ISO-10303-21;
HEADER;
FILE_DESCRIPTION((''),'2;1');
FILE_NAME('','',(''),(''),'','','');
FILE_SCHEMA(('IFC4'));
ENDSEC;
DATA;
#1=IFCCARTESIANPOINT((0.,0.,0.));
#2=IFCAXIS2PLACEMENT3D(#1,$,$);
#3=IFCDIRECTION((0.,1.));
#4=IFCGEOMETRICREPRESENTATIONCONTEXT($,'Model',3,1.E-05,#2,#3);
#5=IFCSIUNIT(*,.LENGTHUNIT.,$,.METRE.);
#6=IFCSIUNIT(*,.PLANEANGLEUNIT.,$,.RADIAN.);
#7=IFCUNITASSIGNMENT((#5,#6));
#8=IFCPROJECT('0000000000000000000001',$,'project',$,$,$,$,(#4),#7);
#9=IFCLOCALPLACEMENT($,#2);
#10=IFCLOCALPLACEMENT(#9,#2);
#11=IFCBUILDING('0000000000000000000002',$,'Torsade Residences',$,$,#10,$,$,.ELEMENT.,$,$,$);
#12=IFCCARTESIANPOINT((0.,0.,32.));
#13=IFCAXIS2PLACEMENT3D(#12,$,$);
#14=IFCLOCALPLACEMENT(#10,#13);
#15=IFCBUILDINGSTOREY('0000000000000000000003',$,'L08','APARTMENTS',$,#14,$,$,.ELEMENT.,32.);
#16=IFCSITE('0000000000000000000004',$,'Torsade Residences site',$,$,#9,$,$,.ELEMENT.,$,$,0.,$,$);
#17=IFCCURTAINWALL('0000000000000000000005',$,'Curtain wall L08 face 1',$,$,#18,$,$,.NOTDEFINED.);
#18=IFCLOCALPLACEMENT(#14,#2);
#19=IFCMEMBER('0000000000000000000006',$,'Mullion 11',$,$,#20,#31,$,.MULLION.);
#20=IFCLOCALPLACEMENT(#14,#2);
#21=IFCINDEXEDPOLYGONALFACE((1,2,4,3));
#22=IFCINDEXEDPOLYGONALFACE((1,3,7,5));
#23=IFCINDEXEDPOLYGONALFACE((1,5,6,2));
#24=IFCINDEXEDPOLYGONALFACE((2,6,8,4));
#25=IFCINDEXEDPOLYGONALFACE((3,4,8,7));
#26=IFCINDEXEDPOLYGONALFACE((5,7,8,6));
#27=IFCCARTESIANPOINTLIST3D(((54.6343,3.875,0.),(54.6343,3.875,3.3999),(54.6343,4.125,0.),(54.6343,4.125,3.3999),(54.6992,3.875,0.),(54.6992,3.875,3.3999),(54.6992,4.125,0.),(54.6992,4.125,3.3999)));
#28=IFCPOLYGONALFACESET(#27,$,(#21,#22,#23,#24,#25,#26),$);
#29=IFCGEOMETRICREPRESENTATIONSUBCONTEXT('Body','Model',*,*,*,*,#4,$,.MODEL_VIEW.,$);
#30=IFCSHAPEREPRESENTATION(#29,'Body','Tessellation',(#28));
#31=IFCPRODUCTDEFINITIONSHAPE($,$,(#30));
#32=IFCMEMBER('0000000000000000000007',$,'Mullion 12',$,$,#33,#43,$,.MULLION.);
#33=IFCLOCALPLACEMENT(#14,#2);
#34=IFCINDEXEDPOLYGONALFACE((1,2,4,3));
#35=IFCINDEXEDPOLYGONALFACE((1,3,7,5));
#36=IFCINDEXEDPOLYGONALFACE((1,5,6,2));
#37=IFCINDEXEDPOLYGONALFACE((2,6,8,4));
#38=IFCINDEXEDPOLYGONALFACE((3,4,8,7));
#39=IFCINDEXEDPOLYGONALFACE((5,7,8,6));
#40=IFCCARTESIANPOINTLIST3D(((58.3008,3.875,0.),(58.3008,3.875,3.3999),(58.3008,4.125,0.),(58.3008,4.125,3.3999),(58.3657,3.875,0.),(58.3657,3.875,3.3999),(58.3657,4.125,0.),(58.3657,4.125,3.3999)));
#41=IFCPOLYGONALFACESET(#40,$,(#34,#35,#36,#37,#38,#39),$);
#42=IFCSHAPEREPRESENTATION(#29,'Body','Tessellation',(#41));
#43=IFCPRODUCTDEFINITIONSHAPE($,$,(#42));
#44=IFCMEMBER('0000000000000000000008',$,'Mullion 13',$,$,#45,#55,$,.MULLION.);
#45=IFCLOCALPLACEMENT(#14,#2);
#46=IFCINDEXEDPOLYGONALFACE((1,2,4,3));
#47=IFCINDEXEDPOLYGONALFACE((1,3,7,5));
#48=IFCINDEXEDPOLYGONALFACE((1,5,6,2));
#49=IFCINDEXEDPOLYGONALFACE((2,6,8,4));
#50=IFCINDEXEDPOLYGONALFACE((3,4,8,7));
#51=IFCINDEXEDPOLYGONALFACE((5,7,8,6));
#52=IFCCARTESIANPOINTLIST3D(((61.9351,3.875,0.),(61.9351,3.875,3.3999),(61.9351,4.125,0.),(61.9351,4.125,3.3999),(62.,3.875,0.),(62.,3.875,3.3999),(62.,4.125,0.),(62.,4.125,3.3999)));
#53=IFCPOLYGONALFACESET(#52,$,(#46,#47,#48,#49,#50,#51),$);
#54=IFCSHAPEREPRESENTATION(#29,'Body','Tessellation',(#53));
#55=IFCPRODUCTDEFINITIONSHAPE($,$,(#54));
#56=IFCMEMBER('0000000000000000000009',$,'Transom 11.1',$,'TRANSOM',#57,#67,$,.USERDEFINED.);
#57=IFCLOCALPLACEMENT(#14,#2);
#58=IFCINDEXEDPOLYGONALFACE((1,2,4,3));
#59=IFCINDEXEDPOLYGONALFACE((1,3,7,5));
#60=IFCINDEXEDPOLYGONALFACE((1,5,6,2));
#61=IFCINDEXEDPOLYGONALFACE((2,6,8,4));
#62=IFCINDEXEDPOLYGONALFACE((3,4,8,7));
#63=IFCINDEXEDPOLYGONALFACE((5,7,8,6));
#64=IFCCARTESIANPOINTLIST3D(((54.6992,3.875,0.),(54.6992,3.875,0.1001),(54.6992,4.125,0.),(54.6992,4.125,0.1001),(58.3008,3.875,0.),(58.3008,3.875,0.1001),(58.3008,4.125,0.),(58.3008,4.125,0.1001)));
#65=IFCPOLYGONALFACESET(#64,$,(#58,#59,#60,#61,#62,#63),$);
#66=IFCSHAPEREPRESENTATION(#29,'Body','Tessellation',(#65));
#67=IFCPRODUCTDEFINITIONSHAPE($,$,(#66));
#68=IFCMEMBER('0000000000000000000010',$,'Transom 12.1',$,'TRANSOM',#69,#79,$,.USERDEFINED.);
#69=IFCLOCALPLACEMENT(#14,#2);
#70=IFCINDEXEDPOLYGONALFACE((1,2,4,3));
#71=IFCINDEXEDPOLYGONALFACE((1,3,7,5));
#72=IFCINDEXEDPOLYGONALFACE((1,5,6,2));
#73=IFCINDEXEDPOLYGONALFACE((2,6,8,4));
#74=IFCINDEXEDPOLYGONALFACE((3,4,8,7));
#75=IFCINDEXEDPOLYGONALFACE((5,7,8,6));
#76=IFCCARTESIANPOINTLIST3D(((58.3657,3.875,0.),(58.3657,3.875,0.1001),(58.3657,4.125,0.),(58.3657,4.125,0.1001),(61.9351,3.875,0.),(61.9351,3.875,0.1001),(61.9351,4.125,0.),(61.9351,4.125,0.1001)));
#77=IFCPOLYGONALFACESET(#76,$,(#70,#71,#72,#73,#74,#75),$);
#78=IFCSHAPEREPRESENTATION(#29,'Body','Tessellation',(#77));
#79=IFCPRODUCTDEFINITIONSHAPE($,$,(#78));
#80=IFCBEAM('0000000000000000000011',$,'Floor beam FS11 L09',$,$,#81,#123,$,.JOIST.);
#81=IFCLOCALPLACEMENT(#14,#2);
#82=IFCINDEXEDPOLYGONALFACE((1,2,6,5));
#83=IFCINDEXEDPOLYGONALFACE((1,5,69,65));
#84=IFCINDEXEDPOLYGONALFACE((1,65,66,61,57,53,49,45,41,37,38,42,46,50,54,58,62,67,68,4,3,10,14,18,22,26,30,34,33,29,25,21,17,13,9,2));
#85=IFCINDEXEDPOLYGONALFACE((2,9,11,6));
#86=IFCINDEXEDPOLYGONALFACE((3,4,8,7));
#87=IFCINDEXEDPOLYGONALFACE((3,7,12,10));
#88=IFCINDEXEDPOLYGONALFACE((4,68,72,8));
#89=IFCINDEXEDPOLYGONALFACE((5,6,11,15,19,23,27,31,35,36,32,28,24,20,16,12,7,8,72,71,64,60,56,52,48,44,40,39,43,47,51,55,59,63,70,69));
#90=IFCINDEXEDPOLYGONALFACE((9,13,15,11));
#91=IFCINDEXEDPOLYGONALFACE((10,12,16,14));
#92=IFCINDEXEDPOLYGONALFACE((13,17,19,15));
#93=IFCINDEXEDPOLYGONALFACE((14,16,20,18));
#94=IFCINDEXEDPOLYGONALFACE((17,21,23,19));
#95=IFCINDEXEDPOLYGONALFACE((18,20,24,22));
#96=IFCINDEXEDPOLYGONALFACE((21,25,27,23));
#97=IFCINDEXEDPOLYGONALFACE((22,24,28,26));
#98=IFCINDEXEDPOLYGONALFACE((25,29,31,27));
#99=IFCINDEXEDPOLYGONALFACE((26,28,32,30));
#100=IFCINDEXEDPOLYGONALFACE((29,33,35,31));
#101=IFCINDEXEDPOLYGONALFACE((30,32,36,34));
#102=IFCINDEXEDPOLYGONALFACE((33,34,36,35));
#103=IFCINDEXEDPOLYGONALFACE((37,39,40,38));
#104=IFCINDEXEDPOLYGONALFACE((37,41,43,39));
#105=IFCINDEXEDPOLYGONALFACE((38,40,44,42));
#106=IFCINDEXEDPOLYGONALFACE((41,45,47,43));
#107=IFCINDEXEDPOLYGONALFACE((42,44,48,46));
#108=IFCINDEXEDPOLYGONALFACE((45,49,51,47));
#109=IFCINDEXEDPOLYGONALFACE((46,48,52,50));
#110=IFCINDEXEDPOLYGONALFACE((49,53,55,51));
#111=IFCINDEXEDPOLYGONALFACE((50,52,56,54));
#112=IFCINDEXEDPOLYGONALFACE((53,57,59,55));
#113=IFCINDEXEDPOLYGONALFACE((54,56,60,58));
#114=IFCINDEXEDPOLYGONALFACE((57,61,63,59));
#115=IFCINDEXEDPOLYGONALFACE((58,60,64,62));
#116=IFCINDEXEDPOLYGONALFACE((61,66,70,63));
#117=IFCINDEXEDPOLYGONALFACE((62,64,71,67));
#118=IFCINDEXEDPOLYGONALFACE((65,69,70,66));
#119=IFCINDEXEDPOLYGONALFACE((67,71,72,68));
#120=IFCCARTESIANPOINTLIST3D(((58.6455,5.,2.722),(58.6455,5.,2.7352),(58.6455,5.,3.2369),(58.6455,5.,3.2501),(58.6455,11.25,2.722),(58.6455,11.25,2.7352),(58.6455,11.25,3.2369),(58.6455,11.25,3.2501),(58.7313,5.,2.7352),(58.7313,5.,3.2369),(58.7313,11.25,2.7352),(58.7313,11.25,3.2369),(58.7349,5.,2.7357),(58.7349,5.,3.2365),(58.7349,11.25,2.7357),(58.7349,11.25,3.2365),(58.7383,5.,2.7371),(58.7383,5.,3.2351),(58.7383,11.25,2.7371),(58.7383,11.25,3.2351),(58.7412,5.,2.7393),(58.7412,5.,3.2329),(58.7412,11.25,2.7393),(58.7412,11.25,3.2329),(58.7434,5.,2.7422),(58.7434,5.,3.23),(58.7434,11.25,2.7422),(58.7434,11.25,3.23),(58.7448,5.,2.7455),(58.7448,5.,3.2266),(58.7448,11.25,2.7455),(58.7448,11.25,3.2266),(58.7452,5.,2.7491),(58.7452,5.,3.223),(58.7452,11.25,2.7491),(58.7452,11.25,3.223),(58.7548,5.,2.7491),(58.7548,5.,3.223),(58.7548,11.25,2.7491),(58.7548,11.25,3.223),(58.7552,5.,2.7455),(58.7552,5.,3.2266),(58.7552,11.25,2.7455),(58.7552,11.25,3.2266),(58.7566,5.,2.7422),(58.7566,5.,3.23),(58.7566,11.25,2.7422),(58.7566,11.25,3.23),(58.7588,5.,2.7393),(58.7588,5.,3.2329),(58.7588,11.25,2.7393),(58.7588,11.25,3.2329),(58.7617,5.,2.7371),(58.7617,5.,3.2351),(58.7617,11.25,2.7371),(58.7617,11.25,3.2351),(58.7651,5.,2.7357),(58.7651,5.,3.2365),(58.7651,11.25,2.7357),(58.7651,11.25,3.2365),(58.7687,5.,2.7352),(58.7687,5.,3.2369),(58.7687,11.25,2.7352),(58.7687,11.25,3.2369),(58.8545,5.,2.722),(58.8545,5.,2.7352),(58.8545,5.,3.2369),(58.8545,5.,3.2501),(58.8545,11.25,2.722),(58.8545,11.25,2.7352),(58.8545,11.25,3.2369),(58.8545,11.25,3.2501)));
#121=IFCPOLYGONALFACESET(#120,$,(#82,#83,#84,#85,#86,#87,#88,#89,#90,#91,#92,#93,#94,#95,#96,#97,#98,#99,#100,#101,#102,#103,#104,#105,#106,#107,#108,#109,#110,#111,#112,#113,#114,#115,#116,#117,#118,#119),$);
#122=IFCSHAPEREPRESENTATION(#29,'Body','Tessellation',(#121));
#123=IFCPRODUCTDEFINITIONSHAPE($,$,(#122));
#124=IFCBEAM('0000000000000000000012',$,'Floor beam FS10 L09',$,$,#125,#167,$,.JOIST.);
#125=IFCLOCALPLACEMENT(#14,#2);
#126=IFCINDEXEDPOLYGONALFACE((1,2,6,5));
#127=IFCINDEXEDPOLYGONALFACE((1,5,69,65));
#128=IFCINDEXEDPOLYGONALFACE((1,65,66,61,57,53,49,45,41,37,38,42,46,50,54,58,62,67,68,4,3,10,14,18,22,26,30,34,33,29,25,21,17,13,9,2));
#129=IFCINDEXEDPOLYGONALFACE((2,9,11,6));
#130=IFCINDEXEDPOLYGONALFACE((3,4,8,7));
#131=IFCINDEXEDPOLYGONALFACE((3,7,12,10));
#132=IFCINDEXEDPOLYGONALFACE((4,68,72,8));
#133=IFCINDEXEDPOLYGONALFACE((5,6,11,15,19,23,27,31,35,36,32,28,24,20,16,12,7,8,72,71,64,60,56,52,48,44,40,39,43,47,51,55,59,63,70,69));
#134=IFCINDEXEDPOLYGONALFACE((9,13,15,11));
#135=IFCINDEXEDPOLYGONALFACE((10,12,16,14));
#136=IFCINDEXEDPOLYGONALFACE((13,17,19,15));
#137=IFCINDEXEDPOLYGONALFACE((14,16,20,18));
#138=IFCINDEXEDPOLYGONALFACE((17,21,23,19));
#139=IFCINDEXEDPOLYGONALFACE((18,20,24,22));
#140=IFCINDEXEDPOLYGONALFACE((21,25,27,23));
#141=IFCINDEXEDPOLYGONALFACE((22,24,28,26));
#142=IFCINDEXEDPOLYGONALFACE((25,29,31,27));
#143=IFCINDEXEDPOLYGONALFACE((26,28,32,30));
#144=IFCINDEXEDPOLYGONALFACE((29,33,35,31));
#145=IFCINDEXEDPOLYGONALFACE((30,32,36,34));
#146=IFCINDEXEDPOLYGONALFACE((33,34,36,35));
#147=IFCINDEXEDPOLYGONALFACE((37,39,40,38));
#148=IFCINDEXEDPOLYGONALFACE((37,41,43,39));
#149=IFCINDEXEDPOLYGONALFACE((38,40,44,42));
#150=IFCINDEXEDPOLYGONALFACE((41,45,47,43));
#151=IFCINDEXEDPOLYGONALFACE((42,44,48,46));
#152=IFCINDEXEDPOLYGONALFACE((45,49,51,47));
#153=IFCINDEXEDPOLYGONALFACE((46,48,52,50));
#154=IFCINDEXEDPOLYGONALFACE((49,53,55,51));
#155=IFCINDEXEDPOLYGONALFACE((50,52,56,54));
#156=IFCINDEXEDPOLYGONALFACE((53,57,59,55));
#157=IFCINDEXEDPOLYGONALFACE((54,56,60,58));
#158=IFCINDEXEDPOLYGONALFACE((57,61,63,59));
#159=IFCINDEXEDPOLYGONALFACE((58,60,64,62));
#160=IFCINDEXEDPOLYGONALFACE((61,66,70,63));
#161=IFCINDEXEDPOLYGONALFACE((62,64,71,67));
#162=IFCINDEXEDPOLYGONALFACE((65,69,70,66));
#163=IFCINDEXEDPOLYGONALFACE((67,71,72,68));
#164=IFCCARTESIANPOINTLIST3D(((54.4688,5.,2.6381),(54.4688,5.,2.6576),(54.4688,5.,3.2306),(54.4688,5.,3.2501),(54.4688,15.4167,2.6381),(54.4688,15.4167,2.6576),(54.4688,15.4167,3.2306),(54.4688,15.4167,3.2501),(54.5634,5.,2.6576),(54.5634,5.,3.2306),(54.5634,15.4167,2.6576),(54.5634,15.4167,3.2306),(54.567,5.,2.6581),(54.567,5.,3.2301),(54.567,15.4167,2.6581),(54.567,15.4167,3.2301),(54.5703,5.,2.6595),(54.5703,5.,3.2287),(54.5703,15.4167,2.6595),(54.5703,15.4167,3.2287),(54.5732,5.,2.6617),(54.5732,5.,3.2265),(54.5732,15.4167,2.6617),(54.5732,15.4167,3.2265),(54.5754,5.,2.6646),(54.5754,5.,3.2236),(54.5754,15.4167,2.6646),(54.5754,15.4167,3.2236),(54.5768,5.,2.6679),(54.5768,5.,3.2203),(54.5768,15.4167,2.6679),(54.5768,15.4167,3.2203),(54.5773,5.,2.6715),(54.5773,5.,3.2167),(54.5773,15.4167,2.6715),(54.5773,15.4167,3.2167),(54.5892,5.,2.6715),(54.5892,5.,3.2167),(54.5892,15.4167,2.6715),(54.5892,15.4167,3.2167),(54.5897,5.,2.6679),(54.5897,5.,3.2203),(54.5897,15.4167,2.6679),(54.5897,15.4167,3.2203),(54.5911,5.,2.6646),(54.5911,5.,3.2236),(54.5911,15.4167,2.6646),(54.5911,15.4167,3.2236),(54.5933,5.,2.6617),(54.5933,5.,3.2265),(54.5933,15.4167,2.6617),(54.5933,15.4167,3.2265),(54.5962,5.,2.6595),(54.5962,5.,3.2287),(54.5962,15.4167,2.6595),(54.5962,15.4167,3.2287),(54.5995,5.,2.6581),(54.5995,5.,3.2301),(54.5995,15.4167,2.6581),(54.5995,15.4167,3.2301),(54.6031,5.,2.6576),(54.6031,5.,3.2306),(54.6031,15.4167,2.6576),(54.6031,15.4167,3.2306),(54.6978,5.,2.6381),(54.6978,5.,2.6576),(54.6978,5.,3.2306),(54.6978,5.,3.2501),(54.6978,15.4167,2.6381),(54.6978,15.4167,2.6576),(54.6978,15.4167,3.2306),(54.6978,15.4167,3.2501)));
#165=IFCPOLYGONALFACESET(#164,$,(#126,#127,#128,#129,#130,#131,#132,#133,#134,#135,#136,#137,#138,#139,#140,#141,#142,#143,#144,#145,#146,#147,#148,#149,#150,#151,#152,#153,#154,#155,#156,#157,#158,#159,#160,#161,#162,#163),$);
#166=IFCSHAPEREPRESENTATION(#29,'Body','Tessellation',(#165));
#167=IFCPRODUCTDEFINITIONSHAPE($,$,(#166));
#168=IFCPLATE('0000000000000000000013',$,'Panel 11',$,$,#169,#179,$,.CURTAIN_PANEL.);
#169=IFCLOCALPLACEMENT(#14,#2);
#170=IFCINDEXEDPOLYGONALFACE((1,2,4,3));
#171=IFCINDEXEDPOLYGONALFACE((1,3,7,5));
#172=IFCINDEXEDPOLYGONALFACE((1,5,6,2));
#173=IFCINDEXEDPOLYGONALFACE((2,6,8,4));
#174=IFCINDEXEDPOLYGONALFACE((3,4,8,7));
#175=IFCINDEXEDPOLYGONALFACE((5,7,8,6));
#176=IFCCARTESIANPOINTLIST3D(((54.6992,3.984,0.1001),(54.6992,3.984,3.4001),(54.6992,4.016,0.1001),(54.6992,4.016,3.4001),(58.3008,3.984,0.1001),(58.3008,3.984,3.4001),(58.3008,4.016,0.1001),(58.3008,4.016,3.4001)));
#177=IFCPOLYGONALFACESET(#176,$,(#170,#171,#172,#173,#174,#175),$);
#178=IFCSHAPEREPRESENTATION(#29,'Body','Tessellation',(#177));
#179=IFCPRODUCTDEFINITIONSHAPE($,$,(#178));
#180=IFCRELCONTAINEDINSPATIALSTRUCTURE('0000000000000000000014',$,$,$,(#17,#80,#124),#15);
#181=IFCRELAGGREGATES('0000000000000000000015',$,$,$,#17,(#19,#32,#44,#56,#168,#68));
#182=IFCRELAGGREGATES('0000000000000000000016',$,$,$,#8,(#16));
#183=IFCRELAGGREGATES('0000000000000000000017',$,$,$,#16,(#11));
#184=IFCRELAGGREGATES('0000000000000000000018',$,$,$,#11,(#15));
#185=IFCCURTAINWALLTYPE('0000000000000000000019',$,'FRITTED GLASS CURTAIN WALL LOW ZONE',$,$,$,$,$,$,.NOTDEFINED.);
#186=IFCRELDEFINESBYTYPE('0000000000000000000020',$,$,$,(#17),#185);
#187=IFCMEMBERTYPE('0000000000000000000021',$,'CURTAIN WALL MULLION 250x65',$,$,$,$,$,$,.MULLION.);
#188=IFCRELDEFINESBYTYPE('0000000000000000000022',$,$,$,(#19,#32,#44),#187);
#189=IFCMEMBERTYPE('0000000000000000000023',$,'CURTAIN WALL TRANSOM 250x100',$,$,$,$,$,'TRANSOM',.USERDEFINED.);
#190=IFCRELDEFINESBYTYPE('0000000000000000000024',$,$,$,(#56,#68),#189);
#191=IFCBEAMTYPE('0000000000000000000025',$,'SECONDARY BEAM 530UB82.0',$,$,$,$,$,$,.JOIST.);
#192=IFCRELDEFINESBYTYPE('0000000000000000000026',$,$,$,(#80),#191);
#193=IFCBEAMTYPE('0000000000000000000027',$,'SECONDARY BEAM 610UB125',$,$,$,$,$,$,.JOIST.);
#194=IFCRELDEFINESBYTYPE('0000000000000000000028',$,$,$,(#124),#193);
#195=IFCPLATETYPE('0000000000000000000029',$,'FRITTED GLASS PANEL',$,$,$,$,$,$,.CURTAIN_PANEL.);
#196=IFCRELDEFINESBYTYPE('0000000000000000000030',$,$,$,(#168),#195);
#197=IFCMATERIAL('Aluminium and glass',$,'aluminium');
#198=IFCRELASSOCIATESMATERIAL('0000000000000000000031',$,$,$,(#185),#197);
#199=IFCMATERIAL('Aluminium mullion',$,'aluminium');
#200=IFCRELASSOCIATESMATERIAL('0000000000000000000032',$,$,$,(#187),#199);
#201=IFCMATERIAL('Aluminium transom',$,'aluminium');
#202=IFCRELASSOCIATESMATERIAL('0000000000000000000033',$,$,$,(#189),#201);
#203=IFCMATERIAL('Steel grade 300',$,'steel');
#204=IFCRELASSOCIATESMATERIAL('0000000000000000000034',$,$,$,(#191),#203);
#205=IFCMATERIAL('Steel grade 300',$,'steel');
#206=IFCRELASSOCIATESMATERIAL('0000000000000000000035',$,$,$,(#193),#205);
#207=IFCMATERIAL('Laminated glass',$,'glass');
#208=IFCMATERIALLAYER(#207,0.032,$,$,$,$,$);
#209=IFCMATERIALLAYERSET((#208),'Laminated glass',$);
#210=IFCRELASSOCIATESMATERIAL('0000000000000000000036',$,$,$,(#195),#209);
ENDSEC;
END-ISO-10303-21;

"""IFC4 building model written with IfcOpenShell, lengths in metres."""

from ifc_helpers import new_model, si_unit, direction, frame, origin, origin_2d, place, context, subcontext, project, spatial, rectangle, i_section, extrude, material, layer, layer_set, material_profile, profile_set, type_object, element, aggregate, save


model = new_model("IFC4")

# Units and contexts
model_context = context("Model", 3, precision=1e-05, world=origin(), true_north=direction((0.0, 1.0)))
body_context = subcontext(model_context, "Body", "Model", "MODEL_VIEW")
ifc_project = project(units=[si_unit("LENGTHUNIT", "METRE"), si_unit("PLANEANGLEUNIT", "RADIAN")], contexts=[model_context])

# Site, building, storey
site_placement = place(None, origin())
site = spatial("IfcSite", under=ifc_project, at=site_placement, Name="Torsade Residences site", CompositionType="ELEMENT", RefElevation=0.0)
building_placement = place(site_placement, origin())
building = spatial("IfcBuilding", under=site, at=building_placement, Name="Torsade Residences", CompositionType="ELEMENT")
storey_placement = place(building_placement, frame((0.0, 0.0, 32.0)))
storey = spatial("IfcBuildingStorey", under=building, at=storey_placement, Name="L08", Description="APARTMENTS", CompositionType="ELEMENT", Elevation=32.0)

# Curtain wall, members
ifc_material_1 = material(Name="Aluminium and glass", Category="aluminium")
curtain_wall_type = type_object("IfcCurtainWallType", Name="FRITTED GLASS CURTAIN WALL LOW ZONE", PredefinedType="NOTDEFINED", material=ifc_material_1)
curtain_wall_placement = place(storey_placement, origin())
curtain_wall = element("IfcCurtainWall", 1, at=curtain_wall_placement, inside=storey, type_object=curtain_wall_type, Name="Curtain wall L08 face 1", PredefinedType="NOTDEFINED")
ifc_material_2 = material(Name="Aluminium mullion", Category="aluminium")
ifc_material_profile_1 = material_profile(ifc_material_2, rectangle(XDim=0.25, YDim=0.0649, at=origin_2d()), Name="CURTAIN WALL MULLION 250x65")
ifc_profile_set_1 = profile_set([ifc_material_profile_1], Name="Aluminium mullion")
member_type_1 = type_object("IfcMemberType", Name="CURTAIN WALL MULLION 250x65", PredefinedType="MULLION", material=ifc_profile_set_1)
member_1_placement = place(storey_placement, frame((54.6667, 4.0, 0.0), z_axis=(0.0, 0.0, 1.0), x_axis=(0.0, 1.0, 0.0)))
member_1 = element("IfcMember", 2, at=member_1_placement, type_object=member_type_1, Name="Mullion 11", PredefinedType="MULLION", context=body_context, shape_type="SweptSolid", body=[
    extrude(rectangle(XDim=0.25, YDim=0.0649, at=origin_2d()), origin(), (0.0, 0.0, 1.0), 3.3999),
])
member_2_placement = place(storey_placement, frame((58.3333, 4.0, 0.0), z_axis=(0.0, 0.0, 1.0), x_axis=(0.0, 1.0, 0.0)))
member_2 = element("IfcMember", 3, at=member_2_placement, type_object=member_type_1, Name="Mullion 12", PredefinedType="MULLION", context=body_context, shape_type="SweptSolid", body=[
    extrude(rectangle(XDim=0.25, YDim=0.0649, at=origin_2d()), origin(), (0.0, 0.0, 1.0), 3.3999),
])
member_3_placement = place(storey_placement, frame((61.9675, 4.0, 0.0), z_axis=(0.0, 0.0, 1.0), x_axis=(0.0, 1.0, 0.0)))
member_3 = element("IfcMember", 4, at=member_3_placement, type_object=member_type_1, Name="Mullion 13", PredefinedType="MULLION", context=body_context, shape_type="SweptSolid", body=[
    extrude(rectangle(XDim=0.25, YDim=0.0649, at=origin_2d()), origin(), (0.0, 0.0, 1.0), 3.3999),
])
ifc_material_3 = material(Name="Aluminium transom", Category="aluminium")
ifc_material_profile_2 = material_profile(ifc_material_3, rectangle(XDim=0.25, YDim=0.1001, at=origin_2d()), Name="CURTAIN WALL TRANSOM 250x100")
ifc_profile_set_2 = profile_set([ifc_material_profile_2], Name="Aluminium transom")
member_type_2 = type_object("IfcMemberType", Name="CURTAIN WALL TRANSOM 250x100", ElementType="TRANSOM", PredefinedType="USERDEFINED", material=ifc_profile_set_2)
member_4_placement = place(storey_placement, frame((54.6992, 4.0, 0.05), z_axis=(1.0, 0.0, 0.0), x_axis=(0.0, 1.0, 0.0)))
member_4 = element("IfcMember", 5, at=member_4_placement, type_object=member_type_2, Name="Transom 11.1", ObjectType="TRANSOM", PredefinedType="USERDEFINED", context=body_context, shape_type="SweptSolid", body=[
    extrude(rectangle(XDim=0.25, YDim=0.1001, at=origin_2d()), origin(), (0.0, 0.0, 1.0), 3.6016),
])
member_5_placement = place(storey_placement, frame((58.3657, 4.0, 0.05), z_axis=(1.0, 0.0, 0.0), x_axis=(0.0, 1.0, 0.0)))
member_5 = element("IfcMember", 6, at=member_5_placement, type_object=member_type_2, Name="Transom 12.1", ObjectType="TRANSOM", PredefinedType="USERDEFINED", context=body_context, shape_type="SweptSolid", body=[
    extrude(rectangle(XDim=0.25, YDim=0.1001, at=origin_2d()), origin(), (0.0, 0.0, 1.0), 3.5693),
])

# Beams
ifc_material_4 = material(Name="Steel grade 300", Category="steel")
ifc_material_profile_3 = material_profile(ifc_material_4, i_section(OverallWidth=0.209, OverallDepth=0.5281, WebThickness=0.0095, FlangeThickness=0.0132, FilletRadius=0.0139, at=origin_2d()), Name="530UB82.0")
ifc_profile_set_3 = profile_set([ifc_material_profile_3], Name="Steel grade 300")
beam_type_1 = type_object("IfcBeamType", Name="SECONDARY BEAM 530UB82.0", PredefinedType="JOIST", material=ifc_profile_set_3)
beam_1_placement = place(storey_placement, frame((58.75, 5.0, 2.9861), z_axis=(0.0, 1.0, 0.0), x_axis=(-1.0, 0.0, 0.0)))
element("IfcBeam", 7, at=beam_1_placement, inside=storey, type_object=beam_type_1, Name="Floor beam FS11 L09", PredefinedType="JOIST", context=body_context, shape_type="SweptSolid", body=[
    extrude(i_section(OverallWidth=0.209, OverallDepth=0.5281, WebThickness=0.0095, FlangeThickness=0.0132, FilletRadius=0.0139, at=origin_2d()), origin(), (0.0, 0.0, 1.0), 6.25),
])
ifc_material_5 = material(Name="Steel grade 300", Category="steel")
ifc_material_profile_4 = material_profile(ifc_material_5, i_section(OverallWidth=0.229, OverallDepth=0.6121, WebThickness=0.012, FlangeThickness=0.0195, FilletRadius=0.0139, at=origin_2d()), Name="610UB125")
ifc_profile_set_4 = profile_set([ifc_material_profile_4], Name="Steel grade 300")
beam_type_2 = type_object("IfcBeamType", Name="SECONDARY BEAM 610UB125", PredefinedType="JOIST", material=ifc_profile_set_4)
beam_2_placement = place(storey_placement, frame((54.5833, 5.0, 2.9441), z_axis=(0.0, 1.0, 0.0), x_axis=(-1.0, 0.0, 0.0)))
element("IfcBeam", 8, at=beam_2_placement, inside=storey, type_object=beam_type_2, Name="Floor beam FS10 L09", PredefinedType="JOIST", context=body_context, shape_type="SweptSolid", body=[
    extrude(i_section(OverallWidth=0.229, OverallDepth=0.6121, WebThickness=0.012, FlangeThickness=0.0195, FilletRadius=0.0139, at=origin_2d()), origin(), (0.0, 0.0, 1.0), 10.4167),
])

# Plate
ifc_material_6 = material(Name="Laminated glass", Category="glass")
ifc_layer_1 = layer(ifc_material_6, 0.032)
ifc_layer_set_1 = layer_set([ifc_layer_1], Name="Laminated glass")
plate_type = type_object("IfcPlateType", Name="FRITTED GLASS PANEL", PredefinedType="CURTAIN_PANEL", material=ifc_layer_set_1)
plate_1_placement = place(storey_placement, frame((56.5, 4.0, 0.1001), z_axis=(0.0, 0.0, 1.0), x_axis=(1.0, 0.0, 0.0)))
plate_1 = element("IfcPlate", 9, at=plate_1_placement, type_object=plate_type, Name="Panel 11", PredefinedType="CURTAIN_PANEL", context=body_context, shape_type="SweptSolid", body=[
    extrude(rectangle(XDim=3.6016, YDim=0.032, at=origin_2d()), origin(), (0.0, 0.0, 1.0), 3.3),
])
aggregate(curtain_wall, [member_1, member_2, member_3, member_4, plate_1, member_5])

save(model, "model.ifc")
